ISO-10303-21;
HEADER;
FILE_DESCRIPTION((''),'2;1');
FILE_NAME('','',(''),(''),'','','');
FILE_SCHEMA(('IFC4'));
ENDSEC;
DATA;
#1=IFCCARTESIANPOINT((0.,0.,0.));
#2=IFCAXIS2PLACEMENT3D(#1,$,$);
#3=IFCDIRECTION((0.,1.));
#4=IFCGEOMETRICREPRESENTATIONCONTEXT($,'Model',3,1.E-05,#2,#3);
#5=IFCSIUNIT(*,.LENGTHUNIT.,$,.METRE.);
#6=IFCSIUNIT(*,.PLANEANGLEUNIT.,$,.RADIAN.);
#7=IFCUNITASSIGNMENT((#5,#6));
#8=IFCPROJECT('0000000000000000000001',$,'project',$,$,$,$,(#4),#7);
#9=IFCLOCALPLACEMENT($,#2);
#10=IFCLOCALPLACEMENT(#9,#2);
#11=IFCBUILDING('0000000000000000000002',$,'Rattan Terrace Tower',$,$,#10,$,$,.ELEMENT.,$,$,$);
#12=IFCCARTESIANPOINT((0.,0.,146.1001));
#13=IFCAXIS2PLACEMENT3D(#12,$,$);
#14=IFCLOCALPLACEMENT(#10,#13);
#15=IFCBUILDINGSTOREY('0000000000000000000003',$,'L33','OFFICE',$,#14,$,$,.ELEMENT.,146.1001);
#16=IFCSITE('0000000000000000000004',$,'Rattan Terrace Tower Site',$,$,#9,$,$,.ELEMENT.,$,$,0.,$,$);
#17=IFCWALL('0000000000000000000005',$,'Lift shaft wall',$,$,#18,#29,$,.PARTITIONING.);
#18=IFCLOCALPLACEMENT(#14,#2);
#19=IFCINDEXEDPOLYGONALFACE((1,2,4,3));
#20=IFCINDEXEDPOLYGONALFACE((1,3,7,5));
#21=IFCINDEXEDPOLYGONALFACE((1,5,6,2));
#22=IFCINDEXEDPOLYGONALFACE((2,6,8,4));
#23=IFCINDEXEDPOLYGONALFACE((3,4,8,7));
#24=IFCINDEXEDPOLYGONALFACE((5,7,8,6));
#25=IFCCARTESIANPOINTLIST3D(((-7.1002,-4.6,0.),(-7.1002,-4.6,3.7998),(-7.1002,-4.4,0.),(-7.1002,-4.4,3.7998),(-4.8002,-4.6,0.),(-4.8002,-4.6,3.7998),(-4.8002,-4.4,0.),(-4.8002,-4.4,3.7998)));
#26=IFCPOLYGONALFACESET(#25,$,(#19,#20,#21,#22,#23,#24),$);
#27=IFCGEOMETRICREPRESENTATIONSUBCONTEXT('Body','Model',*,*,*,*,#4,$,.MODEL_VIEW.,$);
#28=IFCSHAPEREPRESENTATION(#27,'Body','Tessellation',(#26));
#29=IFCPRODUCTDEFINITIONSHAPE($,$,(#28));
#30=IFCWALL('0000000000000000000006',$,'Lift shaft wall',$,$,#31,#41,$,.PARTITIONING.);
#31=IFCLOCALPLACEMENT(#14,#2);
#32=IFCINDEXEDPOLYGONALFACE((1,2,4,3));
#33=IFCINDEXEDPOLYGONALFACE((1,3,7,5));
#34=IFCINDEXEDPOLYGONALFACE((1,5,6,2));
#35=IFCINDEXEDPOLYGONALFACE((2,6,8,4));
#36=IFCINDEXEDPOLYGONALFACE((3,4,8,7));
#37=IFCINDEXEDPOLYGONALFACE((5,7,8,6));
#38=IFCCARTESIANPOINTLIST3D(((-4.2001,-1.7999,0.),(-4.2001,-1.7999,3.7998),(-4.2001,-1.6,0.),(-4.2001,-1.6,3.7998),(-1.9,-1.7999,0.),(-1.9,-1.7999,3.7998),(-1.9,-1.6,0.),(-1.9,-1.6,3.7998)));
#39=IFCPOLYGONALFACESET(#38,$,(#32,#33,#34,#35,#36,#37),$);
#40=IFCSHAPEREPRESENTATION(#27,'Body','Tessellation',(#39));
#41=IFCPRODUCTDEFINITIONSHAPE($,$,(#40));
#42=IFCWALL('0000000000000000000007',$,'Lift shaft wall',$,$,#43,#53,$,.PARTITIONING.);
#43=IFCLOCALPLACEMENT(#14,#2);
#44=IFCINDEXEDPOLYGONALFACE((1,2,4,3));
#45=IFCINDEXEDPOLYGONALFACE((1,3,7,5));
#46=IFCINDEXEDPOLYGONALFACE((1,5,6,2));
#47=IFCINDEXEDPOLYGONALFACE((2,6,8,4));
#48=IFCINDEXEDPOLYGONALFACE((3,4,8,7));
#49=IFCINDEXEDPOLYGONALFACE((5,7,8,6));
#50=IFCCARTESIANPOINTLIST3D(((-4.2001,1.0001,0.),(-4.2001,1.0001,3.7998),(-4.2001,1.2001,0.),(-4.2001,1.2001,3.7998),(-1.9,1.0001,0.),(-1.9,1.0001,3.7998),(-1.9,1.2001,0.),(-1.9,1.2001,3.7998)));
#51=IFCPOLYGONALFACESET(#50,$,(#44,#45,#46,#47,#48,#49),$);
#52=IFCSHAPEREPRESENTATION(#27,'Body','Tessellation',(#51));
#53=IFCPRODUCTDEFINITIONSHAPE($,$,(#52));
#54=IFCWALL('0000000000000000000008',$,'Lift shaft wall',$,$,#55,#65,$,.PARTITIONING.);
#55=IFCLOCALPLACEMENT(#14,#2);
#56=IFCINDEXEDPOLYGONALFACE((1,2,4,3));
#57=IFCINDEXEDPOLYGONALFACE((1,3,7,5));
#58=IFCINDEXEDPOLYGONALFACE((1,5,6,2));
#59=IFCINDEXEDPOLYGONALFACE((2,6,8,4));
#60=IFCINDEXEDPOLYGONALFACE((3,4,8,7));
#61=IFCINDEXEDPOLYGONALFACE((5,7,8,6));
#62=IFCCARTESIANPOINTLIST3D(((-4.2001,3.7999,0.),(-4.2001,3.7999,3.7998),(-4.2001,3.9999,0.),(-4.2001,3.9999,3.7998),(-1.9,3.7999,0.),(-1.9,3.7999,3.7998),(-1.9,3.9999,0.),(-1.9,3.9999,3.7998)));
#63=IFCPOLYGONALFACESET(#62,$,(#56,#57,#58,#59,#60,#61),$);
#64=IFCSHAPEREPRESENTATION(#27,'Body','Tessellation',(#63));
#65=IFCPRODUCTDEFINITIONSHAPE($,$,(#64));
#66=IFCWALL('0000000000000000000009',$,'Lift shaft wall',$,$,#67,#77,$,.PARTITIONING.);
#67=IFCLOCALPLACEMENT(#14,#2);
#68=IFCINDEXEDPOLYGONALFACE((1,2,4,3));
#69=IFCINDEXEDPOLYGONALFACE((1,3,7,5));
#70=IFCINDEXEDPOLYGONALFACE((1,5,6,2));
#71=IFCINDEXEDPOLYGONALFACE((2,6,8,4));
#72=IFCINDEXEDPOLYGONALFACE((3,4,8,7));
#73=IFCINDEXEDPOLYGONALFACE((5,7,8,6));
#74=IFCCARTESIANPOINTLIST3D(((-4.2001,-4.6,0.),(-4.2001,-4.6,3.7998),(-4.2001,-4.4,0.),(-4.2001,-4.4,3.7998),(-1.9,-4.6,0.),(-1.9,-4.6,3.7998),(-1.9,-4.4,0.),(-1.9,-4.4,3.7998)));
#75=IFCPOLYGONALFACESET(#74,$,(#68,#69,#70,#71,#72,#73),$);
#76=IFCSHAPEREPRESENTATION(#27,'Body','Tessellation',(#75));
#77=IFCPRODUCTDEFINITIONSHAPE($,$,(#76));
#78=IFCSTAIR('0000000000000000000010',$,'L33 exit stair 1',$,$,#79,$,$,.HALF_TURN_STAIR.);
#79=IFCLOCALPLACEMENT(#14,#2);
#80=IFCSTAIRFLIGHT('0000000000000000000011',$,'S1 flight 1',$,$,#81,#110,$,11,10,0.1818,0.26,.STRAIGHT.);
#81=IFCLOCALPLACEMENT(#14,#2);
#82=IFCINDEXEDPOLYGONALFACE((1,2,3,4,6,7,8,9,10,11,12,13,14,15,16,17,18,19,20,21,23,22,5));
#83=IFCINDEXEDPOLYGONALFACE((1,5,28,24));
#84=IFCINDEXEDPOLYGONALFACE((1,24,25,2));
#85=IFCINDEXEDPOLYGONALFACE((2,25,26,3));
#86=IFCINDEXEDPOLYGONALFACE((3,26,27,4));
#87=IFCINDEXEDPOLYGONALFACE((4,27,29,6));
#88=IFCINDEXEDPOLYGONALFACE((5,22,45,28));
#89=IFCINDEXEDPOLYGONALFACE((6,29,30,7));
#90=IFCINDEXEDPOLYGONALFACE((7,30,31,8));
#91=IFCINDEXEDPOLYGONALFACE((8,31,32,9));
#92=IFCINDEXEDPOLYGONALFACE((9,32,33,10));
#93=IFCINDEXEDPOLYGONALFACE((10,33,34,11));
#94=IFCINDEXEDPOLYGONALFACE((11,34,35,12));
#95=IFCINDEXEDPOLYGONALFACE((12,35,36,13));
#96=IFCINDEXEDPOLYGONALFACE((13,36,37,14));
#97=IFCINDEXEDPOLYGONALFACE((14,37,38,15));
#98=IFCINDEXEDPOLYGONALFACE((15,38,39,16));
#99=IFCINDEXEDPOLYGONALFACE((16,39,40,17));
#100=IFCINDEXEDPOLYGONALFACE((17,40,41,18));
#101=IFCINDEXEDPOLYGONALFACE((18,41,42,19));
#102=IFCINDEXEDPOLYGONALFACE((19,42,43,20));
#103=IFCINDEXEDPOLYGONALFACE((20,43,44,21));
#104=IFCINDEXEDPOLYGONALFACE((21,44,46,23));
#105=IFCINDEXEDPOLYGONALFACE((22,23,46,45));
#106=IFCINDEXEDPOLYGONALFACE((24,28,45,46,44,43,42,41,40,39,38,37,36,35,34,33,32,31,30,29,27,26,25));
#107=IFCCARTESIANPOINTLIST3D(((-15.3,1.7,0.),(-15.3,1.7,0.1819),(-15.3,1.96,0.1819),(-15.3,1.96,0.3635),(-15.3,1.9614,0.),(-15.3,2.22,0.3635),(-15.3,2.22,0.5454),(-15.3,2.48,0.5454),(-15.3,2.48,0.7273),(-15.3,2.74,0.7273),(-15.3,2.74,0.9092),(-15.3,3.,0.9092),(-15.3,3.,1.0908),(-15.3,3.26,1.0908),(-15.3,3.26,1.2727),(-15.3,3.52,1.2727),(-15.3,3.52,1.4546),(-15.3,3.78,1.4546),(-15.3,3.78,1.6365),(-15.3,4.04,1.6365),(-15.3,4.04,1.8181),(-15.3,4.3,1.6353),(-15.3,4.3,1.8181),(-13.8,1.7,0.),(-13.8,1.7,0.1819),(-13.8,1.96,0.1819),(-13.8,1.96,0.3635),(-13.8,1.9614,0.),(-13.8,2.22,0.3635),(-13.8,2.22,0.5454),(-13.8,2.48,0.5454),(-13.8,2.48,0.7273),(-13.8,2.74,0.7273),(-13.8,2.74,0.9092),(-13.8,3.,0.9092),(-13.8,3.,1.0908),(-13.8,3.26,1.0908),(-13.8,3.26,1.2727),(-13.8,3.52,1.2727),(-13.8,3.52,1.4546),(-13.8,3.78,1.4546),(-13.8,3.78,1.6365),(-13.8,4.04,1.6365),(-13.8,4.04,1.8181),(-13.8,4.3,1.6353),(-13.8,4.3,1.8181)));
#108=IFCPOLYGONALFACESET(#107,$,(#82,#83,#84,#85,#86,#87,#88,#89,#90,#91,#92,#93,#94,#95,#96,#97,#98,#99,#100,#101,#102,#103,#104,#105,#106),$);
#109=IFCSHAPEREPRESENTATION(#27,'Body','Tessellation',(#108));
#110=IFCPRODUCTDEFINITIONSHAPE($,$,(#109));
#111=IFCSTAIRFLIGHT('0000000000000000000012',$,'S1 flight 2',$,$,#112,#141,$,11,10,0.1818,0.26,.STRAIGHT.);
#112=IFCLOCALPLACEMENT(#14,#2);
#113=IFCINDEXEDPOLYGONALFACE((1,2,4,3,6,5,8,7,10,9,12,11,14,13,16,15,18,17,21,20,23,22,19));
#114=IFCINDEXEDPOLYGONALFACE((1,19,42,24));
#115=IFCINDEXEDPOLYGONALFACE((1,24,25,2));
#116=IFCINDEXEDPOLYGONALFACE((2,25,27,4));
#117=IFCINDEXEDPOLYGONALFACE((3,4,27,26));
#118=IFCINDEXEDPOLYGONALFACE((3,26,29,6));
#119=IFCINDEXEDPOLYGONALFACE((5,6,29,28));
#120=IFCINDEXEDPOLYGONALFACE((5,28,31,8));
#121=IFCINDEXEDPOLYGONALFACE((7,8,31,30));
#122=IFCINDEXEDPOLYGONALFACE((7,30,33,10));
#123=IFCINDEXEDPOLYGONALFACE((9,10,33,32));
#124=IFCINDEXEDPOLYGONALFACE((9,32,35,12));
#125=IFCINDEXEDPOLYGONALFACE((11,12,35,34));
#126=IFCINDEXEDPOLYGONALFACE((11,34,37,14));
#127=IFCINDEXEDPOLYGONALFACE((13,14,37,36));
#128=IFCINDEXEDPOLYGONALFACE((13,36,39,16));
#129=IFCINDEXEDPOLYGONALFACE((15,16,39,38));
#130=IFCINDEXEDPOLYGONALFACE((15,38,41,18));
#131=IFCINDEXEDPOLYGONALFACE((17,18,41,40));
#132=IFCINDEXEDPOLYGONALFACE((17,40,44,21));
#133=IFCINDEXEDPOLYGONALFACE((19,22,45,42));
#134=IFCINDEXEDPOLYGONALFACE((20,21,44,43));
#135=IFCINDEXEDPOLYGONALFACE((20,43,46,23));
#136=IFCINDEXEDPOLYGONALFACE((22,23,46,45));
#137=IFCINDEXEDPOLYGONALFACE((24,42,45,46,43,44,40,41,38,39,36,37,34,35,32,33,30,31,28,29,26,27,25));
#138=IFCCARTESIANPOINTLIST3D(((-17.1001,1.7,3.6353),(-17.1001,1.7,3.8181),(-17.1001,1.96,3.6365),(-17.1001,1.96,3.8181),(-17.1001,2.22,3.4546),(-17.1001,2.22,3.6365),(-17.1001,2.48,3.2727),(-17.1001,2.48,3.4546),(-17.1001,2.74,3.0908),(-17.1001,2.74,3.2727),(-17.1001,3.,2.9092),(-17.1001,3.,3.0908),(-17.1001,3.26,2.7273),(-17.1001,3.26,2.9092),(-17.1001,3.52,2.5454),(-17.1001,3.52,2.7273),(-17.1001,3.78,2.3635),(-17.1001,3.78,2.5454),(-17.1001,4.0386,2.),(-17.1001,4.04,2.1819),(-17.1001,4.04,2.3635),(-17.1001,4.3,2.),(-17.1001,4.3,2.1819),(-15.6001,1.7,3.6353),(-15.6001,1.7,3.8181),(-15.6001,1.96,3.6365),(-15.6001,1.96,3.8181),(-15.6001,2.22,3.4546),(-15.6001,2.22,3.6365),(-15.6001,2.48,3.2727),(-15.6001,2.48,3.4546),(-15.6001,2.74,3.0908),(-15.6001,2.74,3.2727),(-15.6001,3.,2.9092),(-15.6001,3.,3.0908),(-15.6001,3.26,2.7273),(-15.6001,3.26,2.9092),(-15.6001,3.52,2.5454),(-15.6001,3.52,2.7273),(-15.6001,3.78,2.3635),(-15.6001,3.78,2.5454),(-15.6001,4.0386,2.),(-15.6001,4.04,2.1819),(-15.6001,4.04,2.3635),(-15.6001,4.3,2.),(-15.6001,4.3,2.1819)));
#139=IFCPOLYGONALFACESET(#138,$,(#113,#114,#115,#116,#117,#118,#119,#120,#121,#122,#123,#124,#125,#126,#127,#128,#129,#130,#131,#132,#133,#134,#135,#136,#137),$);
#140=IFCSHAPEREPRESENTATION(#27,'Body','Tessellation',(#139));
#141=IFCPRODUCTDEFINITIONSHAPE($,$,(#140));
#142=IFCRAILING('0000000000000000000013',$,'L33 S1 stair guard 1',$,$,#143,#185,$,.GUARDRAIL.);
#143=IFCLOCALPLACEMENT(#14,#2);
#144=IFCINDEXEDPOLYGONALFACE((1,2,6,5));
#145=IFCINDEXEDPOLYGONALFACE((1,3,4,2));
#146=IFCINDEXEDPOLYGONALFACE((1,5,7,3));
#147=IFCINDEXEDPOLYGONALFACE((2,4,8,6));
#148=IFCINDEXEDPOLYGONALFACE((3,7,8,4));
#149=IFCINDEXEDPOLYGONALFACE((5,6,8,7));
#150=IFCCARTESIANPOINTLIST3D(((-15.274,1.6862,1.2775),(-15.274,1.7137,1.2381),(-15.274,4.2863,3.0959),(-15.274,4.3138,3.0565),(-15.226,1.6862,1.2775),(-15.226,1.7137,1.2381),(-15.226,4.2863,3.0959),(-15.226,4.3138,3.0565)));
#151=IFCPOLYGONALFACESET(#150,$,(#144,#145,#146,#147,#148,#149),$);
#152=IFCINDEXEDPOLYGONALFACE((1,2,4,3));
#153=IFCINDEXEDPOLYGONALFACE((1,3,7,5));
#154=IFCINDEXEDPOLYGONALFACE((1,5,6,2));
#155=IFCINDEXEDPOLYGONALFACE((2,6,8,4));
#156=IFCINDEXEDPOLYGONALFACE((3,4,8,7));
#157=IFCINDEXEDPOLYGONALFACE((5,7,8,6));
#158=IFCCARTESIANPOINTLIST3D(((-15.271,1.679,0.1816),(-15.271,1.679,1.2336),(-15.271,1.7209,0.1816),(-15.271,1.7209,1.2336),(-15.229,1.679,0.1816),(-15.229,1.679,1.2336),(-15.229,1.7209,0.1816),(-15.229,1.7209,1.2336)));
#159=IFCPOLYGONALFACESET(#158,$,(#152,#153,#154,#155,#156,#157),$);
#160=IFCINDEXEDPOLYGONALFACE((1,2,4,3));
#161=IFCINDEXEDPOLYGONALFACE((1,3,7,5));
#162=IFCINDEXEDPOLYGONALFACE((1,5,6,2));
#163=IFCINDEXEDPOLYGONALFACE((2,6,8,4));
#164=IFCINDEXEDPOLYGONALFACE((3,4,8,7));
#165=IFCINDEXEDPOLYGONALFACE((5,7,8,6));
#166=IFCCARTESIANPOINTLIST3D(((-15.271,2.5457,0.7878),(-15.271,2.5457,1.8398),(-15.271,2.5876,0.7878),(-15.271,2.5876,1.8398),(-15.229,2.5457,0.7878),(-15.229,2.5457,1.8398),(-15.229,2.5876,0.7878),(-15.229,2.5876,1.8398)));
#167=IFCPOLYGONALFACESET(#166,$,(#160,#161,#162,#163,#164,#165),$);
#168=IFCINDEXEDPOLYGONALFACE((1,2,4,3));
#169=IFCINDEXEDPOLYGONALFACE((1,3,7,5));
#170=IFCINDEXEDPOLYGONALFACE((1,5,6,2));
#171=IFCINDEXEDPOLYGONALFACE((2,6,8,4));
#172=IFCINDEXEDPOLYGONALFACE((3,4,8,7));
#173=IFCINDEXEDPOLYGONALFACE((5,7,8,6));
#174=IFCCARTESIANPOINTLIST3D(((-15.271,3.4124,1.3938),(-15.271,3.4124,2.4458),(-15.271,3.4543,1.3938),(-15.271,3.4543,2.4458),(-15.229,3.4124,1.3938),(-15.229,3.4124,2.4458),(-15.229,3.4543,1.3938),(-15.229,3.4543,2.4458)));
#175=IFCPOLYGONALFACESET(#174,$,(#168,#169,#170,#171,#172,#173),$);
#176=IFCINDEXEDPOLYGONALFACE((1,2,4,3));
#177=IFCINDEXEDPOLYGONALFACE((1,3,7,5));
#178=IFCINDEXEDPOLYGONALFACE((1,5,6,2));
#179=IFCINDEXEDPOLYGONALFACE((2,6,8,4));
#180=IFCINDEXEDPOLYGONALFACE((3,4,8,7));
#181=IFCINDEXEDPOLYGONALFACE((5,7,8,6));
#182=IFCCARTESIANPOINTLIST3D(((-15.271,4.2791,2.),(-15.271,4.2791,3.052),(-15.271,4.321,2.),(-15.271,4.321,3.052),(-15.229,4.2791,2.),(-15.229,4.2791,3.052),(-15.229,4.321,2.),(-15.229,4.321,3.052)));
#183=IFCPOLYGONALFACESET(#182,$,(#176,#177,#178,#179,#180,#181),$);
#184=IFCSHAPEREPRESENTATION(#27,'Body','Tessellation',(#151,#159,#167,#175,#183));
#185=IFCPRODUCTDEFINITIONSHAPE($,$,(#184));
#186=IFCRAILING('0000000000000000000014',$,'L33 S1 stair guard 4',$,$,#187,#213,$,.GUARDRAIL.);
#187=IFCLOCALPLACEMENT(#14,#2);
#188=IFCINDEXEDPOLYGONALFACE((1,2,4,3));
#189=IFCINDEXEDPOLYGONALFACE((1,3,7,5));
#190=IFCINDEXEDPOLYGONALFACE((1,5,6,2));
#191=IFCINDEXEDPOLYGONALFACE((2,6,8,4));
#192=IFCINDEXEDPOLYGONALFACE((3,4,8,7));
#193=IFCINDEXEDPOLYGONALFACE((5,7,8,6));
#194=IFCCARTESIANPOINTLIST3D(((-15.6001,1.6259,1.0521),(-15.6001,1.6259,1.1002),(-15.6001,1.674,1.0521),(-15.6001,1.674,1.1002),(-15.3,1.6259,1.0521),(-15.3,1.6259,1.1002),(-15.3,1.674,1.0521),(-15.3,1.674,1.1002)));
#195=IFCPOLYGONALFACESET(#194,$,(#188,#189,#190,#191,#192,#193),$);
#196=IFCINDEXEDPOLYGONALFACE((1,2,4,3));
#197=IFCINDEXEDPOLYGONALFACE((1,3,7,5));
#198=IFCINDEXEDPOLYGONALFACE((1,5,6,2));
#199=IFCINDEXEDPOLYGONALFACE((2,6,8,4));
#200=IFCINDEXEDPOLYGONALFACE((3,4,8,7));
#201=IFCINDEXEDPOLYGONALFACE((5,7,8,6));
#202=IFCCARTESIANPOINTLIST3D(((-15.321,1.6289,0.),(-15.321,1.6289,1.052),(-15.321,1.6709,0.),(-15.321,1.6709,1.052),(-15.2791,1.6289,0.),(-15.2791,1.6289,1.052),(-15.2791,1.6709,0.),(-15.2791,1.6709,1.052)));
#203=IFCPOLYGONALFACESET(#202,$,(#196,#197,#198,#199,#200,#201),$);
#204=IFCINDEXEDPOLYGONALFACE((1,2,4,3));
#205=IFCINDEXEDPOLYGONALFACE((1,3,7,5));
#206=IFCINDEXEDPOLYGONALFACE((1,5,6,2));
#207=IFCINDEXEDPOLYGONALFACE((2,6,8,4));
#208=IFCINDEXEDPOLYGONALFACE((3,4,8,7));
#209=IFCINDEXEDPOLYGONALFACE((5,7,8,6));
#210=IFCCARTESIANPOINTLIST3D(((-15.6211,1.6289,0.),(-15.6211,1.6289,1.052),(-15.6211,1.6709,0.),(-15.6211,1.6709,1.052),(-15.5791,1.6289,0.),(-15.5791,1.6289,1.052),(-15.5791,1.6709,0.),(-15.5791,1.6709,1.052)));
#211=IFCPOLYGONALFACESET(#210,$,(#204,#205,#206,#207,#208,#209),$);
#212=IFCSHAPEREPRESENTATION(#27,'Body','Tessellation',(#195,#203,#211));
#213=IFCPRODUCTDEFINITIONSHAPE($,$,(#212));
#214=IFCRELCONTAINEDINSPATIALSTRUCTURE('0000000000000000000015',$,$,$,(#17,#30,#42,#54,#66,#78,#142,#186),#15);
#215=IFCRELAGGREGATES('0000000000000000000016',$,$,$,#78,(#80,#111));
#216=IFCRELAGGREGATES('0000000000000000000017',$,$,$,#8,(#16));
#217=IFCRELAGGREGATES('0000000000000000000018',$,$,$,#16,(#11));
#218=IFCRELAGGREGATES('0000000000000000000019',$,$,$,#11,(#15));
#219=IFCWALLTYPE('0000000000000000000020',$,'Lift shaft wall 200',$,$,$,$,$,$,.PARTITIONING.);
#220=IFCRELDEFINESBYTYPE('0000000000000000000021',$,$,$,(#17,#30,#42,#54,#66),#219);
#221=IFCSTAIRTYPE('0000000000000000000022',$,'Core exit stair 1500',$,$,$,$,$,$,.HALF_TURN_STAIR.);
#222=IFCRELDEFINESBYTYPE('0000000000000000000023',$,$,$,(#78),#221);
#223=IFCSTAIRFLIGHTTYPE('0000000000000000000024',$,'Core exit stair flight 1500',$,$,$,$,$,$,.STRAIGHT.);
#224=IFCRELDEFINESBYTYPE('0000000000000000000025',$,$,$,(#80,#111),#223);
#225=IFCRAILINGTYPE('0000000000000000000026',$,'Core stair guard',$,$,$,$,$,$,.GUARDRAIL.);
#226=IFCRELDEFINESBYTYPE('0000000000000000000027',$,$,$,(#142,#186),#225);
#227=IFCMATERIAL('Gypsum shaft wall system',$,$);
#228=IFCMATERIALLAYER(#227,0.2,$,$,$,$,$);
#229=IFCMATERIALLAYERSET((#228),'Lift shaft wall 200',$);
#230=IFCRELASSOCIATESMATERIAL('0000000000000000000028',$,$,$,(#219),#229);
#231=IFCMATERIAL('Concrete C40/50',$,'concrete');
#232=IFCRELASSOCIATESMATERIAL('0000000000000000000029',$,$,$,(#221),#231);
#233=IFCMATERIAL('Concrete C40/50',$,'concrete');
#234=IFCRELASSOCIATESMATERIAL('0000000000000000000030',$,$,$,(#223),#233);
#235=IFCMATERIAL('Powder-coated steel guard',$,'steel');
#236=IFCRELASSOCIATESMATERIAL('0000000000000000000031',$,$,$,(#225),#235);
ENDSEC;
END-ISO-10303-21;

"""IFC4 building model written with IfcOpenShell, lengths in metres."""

from ifc_helpers import new_model, si_unit, direction, frame, frame_2d, origin, origin_2d, place, context, subcontext, project, spatial, polyline, rectangle, outline, extrude, material, layer, layer_set, type_object, element, aggregate, save


model = new_model("IFC4")

# Units and contexts
model_context = context("Model", 3, precision=1e-05, world=origin(), true_north=direction((0.0, 1.0)))
body_context = subcontext(model_context, "Body", "Model", "MODEL_VIEW")
ifc_project = project(units=[si_unit("LENGTHUNIT", "METRE"), si_unit("PLANEANGLEUNIT", "RADIAN")], contexts=[model_context])

# Site, building, storey
site_placement = place(None, origin())
site = spatial("IfcSite", under=ifc_project, at=site_placement, Name="Rattan Terrace Tower Site", CompositionType="ELEMENT", RefElevation=0.0)
building_placement = place(site_placement, origin())
building = spatial("IfcBuilding", under=site, at=building_placement, Name="Rattan Terrace Tower", CompositionType="ELEMENT")
storey_placement = place(building_placement, frame((0.0, 0.0, 146.1001)))
storey = spatial("IfcBuildingStorey", under=building, at=storey_placement, Name="L33", Description="OFFICE", CompositionType="ELEMENT", Elevation=146.1001)

# Walls
ifc_material_1 = material(Name="Gypsum shaft wall system")
ifc_layer_1 = layer(ifc_material_1, 0.2)
ifc_layer_set_1 = layer_set([ifc_layer_1], Name="Lift shaft wall 200")
wall_type_1 = type_object("IfcWallType", Name="Lift shaft wall 200", PredefinedType="PARTITIONING", material=ifc_layer_set_1)
for number, where, z_axis, x_axis, name in (
    (1, (-7.1001, -4.5, 0.0), (0.0, 0.0, 1.0), (1.0, 0.0, 0.0), "Lift shaft wall"),
    (2, (-4.2, -1.7, 0.0), (0.0, 0.0, 1.0), (1.0, 0.0, 0.0), "Lift shaft wall"),
    (3, (-4.2, 1.1001, 0.0), (0.0, 0.0, 1.0), (1.0, 0.0, 0.0), "Lift shaft wall"),
    (4, (-4.2, 3.8999, 0.0), (0.0, 0.0, 1.0), (1.0, 0.0, 0.0), "Lift shaft wall"),
    (5, (-4.2, -4.5, 0.0), (0.0, 0.0, 1.0), (1.0, 0.0, 0.0), "Lift shaft wall"),
):
    element("IfcWall", number, at=place(storey_placement, frame(where, z_axis=z_axis, x_axis=x_axis)), inside=storey, type_object=wall_type_1, Name=name, PredefinedType="PARTITIONING", context=body_context, shape_type="SweptSolid", body=[
        extrude(rectangle(XDim=2.3, YDim=0.2, at=frame_2d((1.1499, 0.0))), origin(), (0.0, 0.0, 1.0), 3.7998),
    ])

# Stair, stair flights
ifc_material_2 = material(Name="Concrete C40/50", Category="concrete")
stair_type = type_object("IfcStairType", Name="Core exit stair 1500", PredefinedType="HALF_TURN_STAIR", material=ifc_material_2)
stair_placement = place(storey_placement, origin())
stair = element("IfcStair", 6, at=stair_placement, inside=storey, type_object=stair_type, Name="L33 exit stair 1", PredefinedType="HALF_TURN_STAIR")
ifc_material_3 = material(Name="Concrete C40/50", Category="concrete")
stair_flight_type = type_object("IfcStairFlightType", Name="Core exit stair flight 1500", PredefinedType="STRAIGHT", material=ifc_material_3)
stair_flight_1_placement = place(storey_placement, frame((-14.55, 1.7, 0.0), z_axis=(0.0, 0.0, 1.0), x_axis=(0.0, 1.0, 0.0)))
stair_flight_1 = element("IfcStairFlight", 7, at=stair_flight_1_placement, type_object=stair_flight_type, Name="S1 flight 1", NumberOfRisers=11, NumberOfTreads=10, PredefinedType="STRAIGHT", RiserHeight=0.1818, TreadLength=0.26, context=body_context, shape_type="SweptSolid", body=[
    extrude(outline(polyline([(0.0, 0.0), (0.0, 0.1819), (0.26, 0.1819), (0.26, 0.3635), (0.52, 0.3635), (0.52, 0.5454), (0.78, 0.5454), (0.78, 0.7273), (1.04, 0.7273), (1.04, 0.9092), (1.3, 0.9092), (1.3, 1.0908), (1.5601, 1.0908), (1.5601, 1.2727), (1.8201, 1.2727), (1.8201, 1.4546), (2.0801, 1.4546), (2.0801, 1.6365), (2.3401, 1.6365), (2.3401, 1.8181), (2.6001, 1.8181), (2.6001, 2.0), (2.6001, 1.6353), (0.2615, 0.0), (0.0, 0.0)])), frame((0.0, 0.75, 0.0), z_axis=(0.0, -1.0, 0.0), x_axis=(1.0, 0.0, 0.0)), (0.0, 0.0, 1.0), 1.5),
])
stair_flight_2_placement = place(storey_placement, frame((-16.3501, 4.3, 2.0), z_axis=(0.0, 0.0, 1.0), x_axis=(0.0, -1.0, 0.0)))
stair_flight_2 = element("IfcStairFlight", 8, at=stair_flight_2_placement, type_object=stair_flight_type, Name="S1 flight 2", NumberOfRisers=11, NumberOfTreads=10, PredefinedType="STRAIGHT", RiserHeight=0.1818, TreadLength=0.26, context=body_context, shape_type="SweptSolid", body=[
    extrude(outline(polyline([(0.0, 0.0), (0.0, 0.1819), (0.26, 0.1819), (0.26, 0.3635), (0.52, 0.3635), (0.52, 0.5454), (0.78, 0.5454), (0.78, 0.7273), (1.04, 0.7273), (1.04, 0.9092), (1.3, 0.9092), (1.3, 1.0908), (1.5601, 1.0908), (1.5601, 1.2727), (1.8201, 1.2727), (1.8201, 1.4546), (2.0801, 1.4546), (2.0801, 1.6365), (2.3401, 1.6365), (2.3401, 1.8181), (2.6001, 1.8181), (2.6001, 2.0), (2.6001, 1.6353), (0.2615, 0.0), (0.0, 0.0)])), frame((0.0, 0.75, 0.0), z_axis=(0.0, -1.0, 0.0), x_axis=(1.0, 0.0, 0.0)), (0.0, 0.0, 1.0), 1.5),
])
aggregate(stair, [stair_flight_1, stair_flight_2])

# Railings
ifc_material_4 = material(Name="Powder-coated steel guard", Category="steel")
railing_type_1 = type_object("IfcRailingType", Name="Core stair guard", PredefinedType="GUARDRAIL", material=ifc_material_4)
railing_1_placement = place(storey_placement, frame((-15.25, 1.7, 0.1816)))
element("IfcRailing", 9, at=railing_1_placement, inside=storey, type_object=railing_type_1, Name="L33 S1 stair guard 1", PredefinedType="GUARDRAIL", context=body_context, shape_type="SweptSolid", body=[
    extrude(rectangle(XDim=0.0481, YDim=0.0481, at=origin_2d()), frame((0.0, 0.0, 1.0762), z_axis=(0.0, 0.819485, 0.573101), x_axis=(-1.0, 0.0, 0.0)), (0.0, 0.0, 1.0), 3.1729),
    extrude(rectangle(XDim=0.042, YDim=0.042, at=origin_2d()), origin(), (0.0, 0.0, 1.0), 1.052),
    extrude(rectangle(XDim=0.042, YDim=0.042, at=origin_2d()), frame((0.0, 0.8667, 0.6062)), (0.0, 0.0, 1.0), 1.052),
    extrude(rectangle(XDim=0.042, YDim=0.042, at=origin_2d()), frame((0.0, 1.7334, 1.2122)), (0.0, 0.0, 1.0), 1.052),
    extrude(rectangle(XDim=0.042, YDim=0.042, at=origin_2d()), frame((0.0, 2.6001, 1.8184)), (0.0, 0.0, 1.0), 1.052),
])
railing_2_placement = place(storey_placement, frame((-15.3, 1.6499, 0.0)))
element("IfcRailing", 10, at=railing_2_placement, inside=storey, type_object=railing_type_1, Name="L33 S1 stair guard 4", PredefinedType="GUARDRAIL", context=body_context, shape_type="SweptSolid", body=[
    extrude(rectangle(XDim=0.0481, YDim=0.0481, at=origin_2d()), frame((0.0, 0.0, 1.0762), z_axis=(-1.0, 0.0, 0.0), x_axis=(0.0, -1.0, 0.0)), (0.0, 0.0, 1.0), 0.3),
    extrude(rectangle(XDim=0.042, YDim=0.042, at=origin_2d()), origin(), (0.0, 0.0, 1.0), 1.052),
    extrude(rectangle(XDim=0.042, YDim=0.042, at=origin_2d()), frame((-0.3, 0.0, 0.0)), (0.0, 0.0, 1.0), 1.052),
])

save(model, "model.ifc")
